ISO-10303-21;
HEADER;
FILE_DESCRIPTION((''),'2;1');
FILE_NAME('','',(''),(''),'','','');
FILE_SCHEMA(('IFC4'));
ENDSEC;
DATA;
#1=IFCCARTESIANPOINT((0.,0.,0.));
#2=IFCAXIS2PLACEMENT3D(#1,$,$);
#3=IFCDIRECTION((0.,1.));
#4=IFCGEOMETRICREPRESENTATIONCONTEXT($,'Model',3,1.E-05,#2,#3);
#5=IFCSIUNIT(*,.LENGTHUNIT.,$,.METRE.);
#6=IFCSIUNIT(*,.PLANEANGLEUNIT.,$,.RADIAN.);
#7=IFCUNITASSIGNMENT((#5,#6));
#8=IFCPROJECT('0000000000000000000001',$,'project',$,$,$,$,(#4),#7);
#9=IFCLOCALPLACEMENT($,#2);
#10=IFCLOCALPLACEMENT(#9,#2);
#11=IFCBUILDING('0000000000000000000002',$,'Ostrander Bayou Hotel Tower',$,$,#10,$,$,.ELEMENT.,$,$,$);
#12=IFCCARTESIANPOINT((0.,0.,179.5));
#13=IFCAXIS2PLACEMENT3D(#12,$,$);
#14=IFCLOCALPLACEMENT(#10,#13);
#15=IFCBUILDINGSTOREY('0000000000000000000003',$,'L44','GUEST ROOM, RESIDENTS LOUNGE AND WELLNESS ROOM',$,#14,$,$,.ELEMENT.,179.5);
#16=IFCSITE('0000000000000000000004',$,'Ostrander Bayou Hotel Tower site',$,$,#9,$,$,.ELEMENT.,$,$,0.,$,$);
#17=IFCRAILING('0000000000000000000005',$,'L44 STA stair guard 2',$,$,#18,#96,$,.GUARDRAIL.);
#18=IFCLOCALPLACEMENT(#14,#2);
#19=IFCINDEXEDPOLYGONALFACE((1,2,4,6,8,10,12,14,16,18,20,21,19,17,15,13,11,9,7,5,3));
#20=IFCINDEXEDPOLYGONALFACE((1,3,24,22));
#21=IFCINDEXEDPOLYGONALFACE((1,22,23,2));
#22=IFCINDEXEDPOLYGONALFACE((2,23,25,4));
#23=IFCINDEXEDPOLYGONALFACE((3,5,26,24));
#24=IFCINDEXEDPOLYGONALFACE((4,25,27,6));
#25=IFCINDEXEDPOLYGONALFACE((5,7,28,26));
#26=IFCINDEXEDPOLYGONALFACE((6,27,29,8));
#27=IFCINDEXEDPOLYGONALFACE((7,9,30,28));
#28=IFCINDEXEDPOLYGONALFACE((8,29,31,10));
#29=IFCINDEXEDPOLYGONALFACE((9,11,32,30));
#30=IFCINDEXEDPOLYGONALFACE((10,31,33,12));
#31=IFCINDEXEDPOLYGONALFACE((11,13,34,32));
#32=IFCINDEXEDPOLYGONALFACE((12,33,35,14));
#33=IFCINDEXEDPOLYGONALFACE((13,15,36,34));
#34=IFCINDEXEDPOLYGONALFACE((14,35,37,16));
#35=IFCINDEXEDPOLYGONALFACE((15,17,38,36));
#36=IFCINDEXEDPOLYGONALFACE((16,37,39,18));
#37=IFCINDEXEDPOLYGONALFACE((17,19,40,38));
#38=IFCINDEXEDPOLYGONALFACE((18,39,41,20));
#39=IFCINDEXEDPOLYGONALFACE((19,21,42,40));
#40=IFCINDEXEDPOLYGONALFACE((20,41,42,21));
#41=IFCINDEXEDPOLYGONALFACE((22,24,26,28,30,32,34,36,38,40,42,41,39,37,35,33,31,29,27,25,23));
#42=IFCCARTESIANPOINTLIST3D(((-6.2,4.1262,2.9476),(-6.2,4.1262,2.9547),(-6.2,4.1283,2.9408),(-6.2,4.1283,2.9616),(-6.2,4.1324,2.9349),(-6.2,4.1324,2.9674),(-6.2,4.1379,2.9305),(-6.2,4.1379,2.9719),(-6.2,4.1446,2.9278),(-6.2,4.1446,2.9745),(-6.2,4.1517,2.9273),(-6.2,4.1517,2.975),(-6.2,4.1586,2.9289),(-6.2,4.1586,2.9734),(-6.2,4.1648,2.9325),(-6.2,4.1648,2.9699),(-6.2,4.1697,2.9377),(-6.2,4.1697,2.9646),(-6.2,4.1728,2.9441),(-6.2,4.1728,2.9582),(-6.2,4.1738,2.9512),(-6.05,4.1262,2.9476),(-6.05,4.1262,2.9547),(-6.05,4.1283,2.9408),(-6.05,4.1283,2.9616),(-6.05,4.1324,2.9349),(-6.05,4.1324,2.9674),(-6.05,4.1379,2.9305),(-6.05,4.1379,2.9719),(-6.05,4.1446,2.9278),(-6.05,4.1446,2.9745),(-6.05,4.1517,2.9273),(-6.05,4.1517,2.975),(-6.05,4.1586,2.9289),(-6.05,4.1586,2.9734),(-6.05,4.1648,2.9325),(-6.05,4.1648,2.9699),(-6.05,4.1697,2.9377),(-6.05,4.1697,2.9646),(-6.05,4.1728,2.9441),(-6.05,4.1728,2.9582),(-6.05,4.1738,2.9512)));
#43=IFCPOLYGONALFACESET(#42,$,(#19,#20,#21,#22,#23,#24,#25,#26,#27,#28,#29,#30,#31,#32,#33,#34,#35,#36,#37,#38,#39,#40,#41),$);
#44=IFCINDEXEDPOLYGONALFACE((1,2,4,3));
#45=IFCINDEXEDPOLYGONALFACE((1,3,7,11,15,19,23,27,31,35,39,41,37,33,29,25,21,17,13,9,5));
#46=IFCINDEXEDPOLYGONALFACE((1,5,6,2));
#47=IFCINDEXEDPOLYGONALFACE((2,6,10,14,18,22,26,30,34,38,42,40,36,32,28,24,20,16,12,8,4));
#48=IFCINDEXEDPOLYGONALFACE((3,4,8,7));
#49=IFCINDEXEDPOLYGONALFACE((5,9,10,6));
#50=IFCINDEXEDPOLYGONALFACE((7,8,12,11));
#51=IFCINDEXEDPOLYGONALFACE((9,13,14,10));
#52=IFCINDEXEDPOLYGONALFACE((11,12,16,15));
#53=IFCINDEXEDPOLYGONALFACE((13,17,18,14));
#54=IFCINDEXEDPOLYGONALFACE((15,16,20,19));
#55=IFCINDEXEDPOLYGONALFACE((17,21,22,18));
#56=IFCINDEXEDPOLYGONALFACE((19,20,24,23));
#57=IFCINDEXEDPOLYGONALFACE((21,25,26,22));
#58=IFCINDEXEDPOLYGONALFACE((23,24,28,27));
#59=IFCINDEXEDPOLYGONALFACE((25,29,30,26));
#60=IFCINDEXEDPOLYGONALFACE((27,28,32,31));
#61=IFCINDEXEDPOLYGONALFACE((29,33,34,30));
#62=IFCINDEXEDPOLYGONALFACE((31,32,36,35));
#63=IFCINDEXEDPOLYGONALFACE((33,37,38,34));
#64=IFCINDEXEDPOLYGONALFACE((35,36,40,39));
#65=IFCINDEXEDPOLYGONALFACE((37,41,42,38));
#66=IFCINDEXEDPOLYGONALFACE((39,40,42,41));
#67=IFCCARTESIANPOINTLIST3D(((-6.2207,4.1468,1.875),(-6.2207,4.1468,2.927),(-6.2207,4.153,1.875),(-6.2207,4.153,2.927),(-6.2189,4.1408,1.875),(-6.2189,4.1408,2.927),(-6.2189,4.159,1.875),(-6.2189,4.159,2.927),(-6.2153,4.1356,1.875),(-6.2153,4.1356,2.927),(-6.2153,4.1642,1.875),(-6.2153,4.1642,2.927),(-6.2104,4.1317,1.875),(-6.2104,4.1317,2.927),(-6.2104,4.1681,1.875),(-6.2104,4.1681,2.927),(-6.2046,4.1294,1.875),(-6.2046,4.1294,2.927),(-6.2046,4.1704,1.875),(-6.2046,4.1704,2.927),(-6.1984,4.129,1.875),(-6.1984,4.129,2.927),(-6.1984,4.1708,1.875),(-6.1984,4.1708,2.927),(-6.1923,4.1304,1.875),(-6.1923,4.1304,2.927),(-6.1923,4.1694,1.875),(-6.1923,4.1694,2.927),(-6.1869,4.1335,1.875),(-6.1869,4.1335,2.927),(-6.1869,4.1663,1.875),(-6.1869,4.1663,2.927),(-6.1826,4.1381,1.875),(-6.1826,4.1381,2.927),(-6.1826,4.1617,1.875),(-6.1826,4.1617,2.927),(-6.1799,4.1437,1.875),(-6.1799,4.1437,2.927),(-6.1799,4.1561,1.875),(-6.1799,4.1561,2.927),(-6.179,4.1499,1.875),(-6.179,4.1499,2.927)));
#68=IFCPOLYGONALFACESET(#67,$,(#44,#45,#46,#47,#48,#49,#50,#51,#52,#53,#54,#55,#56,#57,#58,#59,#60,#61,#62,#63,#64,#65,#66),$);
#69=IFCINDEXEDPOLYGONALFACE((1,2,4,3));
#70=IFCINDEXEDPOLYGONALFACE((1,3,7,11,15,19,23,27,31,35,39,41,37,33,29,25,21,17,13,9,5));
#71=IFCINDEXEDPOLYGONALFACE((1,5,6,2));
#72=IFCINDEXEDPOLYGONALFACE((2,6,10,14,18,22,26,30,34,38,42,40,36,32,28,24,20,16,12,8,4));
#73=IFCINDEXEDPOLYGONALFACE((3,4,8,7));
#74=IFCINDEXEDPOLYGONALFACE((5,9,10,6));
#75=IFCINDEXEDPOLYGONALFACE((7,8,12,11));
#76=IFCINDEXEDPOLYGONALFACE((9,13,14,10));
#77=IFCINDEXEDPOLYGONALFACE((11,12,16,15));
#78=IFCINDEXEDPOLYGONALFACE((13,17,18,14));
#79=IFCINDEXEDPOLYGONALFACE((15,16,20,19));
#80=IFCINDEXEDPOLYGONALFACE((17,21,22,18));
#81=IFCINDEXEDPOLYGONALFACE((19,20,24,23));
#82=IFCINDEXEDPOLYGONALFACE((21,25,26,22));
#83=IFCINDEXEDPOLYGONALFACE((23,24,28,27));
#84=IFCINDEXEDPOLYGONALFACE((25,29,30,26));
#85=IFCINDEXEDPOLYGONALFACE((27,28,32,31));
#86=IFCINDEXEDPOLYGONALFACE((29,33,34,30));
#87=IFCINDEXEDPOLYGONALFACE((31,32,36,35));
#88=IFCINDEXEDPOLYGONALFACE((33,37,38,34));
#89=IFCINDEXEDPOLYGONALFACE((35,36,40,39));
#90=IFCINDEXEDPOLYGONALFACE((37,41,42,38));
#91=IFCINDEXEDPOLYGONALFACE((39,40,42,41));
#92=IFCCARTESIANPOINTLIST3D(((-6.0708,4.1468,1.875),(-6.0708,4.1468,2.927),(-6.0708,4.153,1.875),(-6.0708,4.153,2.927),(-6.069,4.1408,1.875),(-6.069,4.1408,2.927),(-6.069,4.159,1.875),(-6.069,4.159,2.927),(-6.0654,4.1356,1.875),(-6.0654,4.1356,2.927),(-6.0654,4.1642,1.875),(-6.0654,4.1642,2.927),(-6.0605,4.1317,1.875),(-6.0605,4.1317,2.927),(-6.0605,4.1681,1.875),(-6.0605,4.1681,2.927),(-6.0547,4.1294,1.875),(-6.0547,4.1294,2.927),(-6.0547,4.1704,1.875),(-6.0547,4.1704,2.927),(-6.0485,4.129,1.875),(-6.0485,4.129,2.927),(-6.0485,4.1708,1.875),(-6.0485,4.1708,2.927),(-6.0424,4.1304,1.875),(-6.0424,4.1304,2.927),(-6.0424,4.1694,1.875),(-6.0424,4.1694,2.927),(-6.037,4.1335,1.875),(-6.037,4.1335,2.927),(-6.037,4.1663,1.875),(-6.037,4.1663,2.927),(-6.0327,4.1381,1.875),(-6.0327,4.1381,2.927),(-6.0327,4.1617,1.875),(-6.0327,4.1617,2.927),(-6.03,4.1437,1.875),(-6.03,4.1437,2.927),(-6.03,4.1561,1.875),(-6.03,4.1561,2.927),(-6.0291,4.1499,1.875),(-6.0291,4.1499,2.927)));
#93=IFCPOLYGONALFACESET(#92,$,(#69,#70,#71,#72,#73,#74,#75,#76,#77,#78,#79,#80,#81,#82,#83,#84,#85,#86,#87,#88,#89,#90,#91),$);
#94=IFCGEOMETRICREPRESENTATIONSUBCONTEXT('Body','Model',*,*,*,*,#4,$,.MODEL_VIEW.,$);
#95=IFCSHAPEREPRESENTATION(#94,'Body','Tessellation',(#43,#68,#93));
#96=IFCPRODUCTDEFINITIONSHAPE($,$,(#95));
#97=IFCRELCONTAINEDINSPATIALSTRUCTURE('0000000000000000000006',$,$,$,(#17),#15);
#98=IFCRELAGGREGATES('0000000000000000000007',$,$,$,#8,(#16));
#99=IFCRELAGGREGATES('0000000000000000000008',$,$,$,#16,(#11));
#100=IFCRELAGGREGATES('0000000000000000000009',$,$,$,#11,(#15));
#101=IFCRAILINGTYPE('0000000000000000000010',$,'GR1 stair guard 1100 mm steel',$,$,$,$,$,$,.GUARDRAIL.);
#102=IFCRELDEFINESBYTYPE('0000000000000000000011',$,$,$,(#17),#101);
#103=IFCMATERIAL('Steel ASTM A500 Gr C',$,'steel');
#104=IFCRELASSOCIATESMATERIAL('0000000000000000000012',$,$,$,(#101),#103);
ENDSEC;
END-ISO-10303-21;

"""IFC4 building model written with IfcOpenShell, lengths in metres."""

from ifc_helpers import new_model, si_unit, direction, frame, origin, origin_2d, place, context, subcontext, project, spatial, circle, extrude, material, type_object, element, save


model = new_model("IFC4")

# Units and contexts
model_context = context("Model", 3, precision=1e-05, world=origin(), true_north=direction((0.0, 1.0)))
body_context = subcontext(model_context, "Body", "Model", "MODEL_VIEW")
ifc_project = project(units=[si_unit("LENGTHUNIT", "METRE"), si_unit("PLANEANGLEUNIT", "RADIAN")], contexts=[model_context])

# Site, building, storey
site_placement = place(None, origin())
site = spatial("IfcSite", under=ifc_project, at=site_placement, Name="Ostrander Bayou Hotel Tower site", CompositionType="ELEMENT", RefElevation=0.0)
building_placement = place(site_placement, origin())
building = spatial("IfcBuilding", under=site, at=building_placement, Name="Ostrander Bayou Hotel Tower", CompositionType="ELEMENT")
storey_placement = place(building_placement, frame((0.0, 0.0, 179.5)))
storey = spatial("IfcBuildingStorey", under=building, at=storey_placement, Name="L44", Description="GUEST ROOM, RESIDENTS LOUNGE AND WELLNESS ROOM", CompositionType="ELEMENT", Elevation=179.5)

# Railing
ifc_material_1 = material(Name="Steel ASTM A500 Gr C", Category="steel")
railing_type_1 = type_object("IfcRailingType", Name="GR1 stair guard 1100 mm steel", PredefinedType="GUARDRAIL", material=ifc_material_1)
railing_1_placement = place(storey_placement, frame((-6.2, 4.1499, 1.875)))
element("IfcRailing", 1, at=railing_1_placement, inside=storey, type_object=railing_type_1, Name="L44 STA stair guard 2", PredefinedType="GUARDRAIL", context=body_context, shape_type="SweptSolid", body=[
    extrude(circle(Radius=0.0239, at=origin_2d()), frame((0.0, 0.0, 1.0762), z_axis=(1.0, 0.0, 0.0), x_axis=(0.0, 1.0, 0.0)), (0.0, 0.0, 1.0), 0.1499),
    extrude(circle(Radius=0.021, at=origin_2d()), origin(), (0.0, 0.0, 1.0), 1.052),
    extrude(circle(Radius=0.021, at=origin_2d()), frame((0.1499, 0.0, 0.0)), (0.0, 0.0, 1.0), 1.052),
])

save(model, "model.ifc")
